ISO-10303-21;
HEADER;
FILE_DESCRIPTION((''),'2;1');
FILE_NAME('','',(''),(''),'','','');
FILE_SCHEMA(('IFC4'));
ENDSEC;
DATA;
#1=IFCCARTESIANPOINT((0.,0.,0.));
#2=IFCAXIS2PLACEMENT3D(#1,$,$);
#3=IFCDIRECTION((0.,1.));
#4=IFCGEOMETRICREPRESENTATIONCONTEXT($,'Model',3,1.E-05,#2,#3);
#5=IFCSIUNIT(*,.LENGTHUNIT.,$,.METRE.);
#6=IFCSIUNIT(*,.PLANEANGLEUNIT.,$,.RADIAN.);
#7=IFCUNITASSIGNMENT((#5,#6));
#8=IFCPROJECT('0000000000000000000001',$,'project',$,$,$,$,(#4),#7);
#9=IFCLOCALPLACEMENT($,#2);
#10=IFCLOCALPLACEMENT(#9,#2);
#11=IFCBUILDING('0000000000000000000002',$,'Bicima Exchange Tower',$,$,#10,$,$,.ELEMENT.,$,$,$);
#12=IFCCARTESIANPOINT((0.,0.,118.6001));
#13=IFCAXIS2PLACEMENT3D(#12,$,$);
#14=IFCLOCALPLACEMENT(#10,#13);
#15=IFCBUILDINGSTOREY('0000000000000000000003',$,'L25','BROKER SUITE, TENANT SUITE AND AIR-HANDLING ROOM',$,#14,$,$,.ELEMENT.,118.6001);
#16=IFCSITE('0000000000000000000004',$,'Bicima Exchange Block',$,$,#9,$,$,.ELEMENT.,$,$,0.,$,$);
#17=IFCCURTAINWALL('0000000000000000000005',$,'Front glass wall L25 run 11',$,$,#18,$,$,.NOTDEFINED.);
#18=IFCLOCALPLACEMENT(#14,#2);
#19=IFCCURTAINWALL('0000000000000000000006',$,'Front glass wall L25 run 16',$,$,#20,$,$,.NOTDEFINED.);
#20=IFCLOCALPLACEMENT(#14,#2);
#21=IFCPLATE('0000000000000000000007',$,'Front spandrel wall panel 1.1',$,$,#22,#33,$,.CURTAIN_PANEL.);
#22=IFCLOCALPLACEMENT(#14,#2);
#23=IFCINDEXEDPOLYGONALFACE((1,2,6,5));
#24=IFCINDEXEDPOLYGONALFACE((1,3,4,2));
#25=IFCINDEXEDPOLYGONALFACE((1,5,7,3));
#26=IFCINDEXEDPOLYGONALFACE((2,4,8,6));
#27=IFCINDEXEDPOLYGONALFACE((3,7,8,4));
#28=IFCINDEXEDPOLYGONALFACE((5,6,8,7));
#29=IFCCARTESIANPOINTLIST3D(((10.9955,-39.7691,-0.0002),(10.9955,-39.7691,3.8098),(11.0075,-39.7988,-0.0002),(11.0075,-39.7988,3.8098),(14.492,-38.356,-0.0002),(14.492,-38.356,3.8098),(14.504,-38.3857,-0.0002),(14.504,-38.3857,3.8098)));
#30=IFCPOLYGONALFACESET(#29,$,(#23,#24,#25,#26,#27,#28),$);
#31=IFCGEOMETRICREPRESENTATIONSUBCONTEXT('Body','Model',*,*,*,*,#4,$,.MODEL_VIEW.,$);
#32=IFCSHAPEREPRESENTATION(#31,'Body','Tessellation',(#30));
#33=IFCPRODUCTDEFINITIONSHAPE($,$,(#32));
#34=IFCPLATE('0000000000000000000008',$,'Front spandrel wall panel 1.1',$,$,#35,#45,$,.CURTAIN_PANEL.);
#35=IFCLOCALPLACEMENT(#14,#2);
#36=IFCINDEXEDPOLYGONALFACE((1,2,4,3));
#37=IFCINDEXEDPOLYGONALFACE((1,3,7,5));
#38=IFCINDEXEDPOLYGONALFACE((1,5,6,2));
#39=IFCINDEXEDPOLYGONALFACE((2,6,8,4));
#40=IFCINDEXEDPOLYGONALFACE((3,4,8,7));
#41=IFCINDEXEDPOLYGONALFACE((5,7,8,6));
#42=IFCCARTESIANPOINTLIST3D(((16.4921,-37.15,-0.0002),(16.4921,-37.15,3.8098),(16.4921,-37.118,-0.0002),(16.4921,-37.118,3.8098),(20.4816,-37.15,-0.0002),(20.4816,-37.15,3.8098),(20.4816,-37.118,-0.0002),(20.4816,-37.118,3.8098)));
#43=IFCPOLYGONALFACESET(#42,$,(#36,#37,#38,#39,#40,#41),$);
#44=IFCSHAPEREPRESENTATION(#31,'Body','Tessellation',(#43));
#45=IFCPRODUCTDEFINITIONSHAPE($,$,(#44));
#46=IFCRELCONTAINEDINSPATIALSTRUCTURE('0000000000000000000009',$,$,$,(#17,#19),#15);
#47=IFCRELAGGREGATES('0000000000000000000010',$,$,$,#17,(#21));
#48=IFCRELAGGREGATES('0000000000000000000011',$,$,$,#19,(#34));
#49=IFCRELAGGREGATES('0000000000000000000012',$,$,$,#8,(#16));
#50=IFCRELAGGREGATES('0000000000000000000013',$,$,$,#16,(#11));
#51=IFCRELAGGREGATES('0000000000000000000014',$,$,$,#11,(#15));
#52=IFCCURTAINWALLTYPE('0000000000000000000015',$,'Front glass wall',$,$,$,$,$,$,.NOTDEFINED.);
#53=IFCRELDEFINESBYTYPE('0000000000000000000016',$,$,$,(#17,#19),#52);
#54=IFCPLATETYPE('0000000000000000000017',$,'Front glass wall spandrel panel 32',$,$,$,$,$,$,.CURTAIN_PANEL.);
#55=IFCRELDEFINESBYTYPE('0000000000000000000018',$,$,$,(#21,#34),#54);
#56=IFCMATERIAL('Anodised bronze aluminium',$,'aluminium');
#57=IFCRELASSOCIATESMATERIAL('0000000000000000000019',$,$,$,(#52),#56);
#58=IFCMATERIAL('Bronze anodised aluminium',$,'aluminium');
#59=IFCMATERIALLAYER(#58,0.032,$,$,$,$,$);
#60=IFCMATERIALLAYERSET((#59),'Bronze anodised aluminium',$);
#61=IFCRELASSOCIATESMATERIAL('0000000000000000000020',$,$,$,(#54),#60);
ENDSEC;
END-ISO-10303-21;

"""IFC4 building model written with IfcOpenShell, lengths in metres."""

from ifc_helpers import new_model, si_unit, direction, frame, origin, origin_2d, place, context, subcontext, project, spatial, rectangle, extrude, material, layer, layer_set, type_object, element, aggregate, save


model = new_model("IFC4")

# Units and contexts
model_context = context("Model", 3, precision=1e-05, world=origin(), true_north=direction((0.0, 1.0)))
body_context = subcontext(model_context, "Body", "Model", "MODEL_VIEW")
ifc_project = project(units=[si_unit("LENGTHUNIT", "METRE"), si_unit("PLANEANGLEUNIT", "RADIAN")], contexts=[model_context])

# Site, building, storey
site_placement = place(None, origin())
site = spatial("IfcSite", under=ifc_project, at=site_placement, Name="Bicima Exchange Block", CompositionType="ELEMENT", RefElevation=0.0)
building_placement = place(site_placement, origin())
building = spatial("IfcBuilding", under=site, at=building_placement, Name="Bicima Exchange Tower", CompositionType="ELEMENT")
storey_placement = place(building_placement, frame((0.0, 0.0, 118.6001)))
storey = spatial("IfcBuildingStorey", under=building, at=storey_placement, Name="L25", Description="BROKER SUITE, TENANT SUITE AND AIR-HANDLING ROOM", CompositionType="ELEMENT", Elevation=118.6001)

# Curtain walls
ifc_material_1 = material(Name="Anodised bronze aluminium", Category="aluminium")
curtain_wall_type = type_object("IfcCurtainWallType", Name="Front glass wall", PredefinedType="NOTDEFINED", material=ifc_material_1)
curtain_wall_1_placement = place(storey_placement, origin())
curtain_wall_1 = element("IfcCurtainWall", 1, at=curtain_wall_1_placement, inside=storey, type_object=curtain_wall_type, Name="Front glass wall L25 run 11", PredefinedType="NOTDEFINED")
curtain_wall_2_placement = place(storey_placement, origin())
curtain_wall_2 = element("IfcCurtainWall", 2, at=curtain_wall_2_placement, inside=storey, type_object=curtain_wall_type, Name="Front glass wall L25 run 16", PredefinedType="NOTDEFINED")

# Plates
ifc_material_2 = material(Name="Bronze anodised aluminium", Category="aluminium")
ifc_layer_1 = layer(ifc_material_2, 0.032)
ifc_layer_set_1 = layer_set([ifc_layer_1], Name="Bronze anodised aluminium")
plate_type_1 = type_object("IfcPlateType", Name="Front glass wall spandrel panel 32", PredefinedType="CURTAIN_PANEL", material=ifc_layer_set_1)
plate_1_placement = place(storey_placement, frame((12.7498, -39.0774, -0.0002), z_axis=(0.0, 0.0, 1.0), x_axis=(0.927144, 0.374705, 0.0)))
plate_1 = element("IfcPlate", 3, at=plate_1_placement, type_object=plate_type_1, Name="Front spandrel wall panel 1.1", PredefinedType="CURTAIN_PANEL", context=body_context, shape_type="SweptSolid", body=[
    extrude(rectangle(XDim=3.7712, YDim=0.032, at=origin_2d()), origin(), (0.0, 0.0, 1.0), 3.8101),
])
aggregate(curtain_wall_1, [plate_1])
plate_2_placement = place(storey_placement, frame((18.4868, -37.134, -0.0002), z_axis=(0.0, 0.0, 1.0), x_axis=(1.0, 0.0, 0.0)))
plate_2 = element("IfcPlate", 4, at=plate_2_placement, type_object=plate_type_1, Name="Front spandrel wall panel 1.1", PredefinedType="CURTAIN_PANEL", context=body_context, shape_type="SweptSolid", body=[
    extrude(rectangle(XDim=3.9895, YDim=0.032, at=origin_2d()), origin(), (0.0, 0.0, 1.0), 3.8101),
])
aggregate(curtain_wall_2, [plate_2])

save(model, "model.ifc")
